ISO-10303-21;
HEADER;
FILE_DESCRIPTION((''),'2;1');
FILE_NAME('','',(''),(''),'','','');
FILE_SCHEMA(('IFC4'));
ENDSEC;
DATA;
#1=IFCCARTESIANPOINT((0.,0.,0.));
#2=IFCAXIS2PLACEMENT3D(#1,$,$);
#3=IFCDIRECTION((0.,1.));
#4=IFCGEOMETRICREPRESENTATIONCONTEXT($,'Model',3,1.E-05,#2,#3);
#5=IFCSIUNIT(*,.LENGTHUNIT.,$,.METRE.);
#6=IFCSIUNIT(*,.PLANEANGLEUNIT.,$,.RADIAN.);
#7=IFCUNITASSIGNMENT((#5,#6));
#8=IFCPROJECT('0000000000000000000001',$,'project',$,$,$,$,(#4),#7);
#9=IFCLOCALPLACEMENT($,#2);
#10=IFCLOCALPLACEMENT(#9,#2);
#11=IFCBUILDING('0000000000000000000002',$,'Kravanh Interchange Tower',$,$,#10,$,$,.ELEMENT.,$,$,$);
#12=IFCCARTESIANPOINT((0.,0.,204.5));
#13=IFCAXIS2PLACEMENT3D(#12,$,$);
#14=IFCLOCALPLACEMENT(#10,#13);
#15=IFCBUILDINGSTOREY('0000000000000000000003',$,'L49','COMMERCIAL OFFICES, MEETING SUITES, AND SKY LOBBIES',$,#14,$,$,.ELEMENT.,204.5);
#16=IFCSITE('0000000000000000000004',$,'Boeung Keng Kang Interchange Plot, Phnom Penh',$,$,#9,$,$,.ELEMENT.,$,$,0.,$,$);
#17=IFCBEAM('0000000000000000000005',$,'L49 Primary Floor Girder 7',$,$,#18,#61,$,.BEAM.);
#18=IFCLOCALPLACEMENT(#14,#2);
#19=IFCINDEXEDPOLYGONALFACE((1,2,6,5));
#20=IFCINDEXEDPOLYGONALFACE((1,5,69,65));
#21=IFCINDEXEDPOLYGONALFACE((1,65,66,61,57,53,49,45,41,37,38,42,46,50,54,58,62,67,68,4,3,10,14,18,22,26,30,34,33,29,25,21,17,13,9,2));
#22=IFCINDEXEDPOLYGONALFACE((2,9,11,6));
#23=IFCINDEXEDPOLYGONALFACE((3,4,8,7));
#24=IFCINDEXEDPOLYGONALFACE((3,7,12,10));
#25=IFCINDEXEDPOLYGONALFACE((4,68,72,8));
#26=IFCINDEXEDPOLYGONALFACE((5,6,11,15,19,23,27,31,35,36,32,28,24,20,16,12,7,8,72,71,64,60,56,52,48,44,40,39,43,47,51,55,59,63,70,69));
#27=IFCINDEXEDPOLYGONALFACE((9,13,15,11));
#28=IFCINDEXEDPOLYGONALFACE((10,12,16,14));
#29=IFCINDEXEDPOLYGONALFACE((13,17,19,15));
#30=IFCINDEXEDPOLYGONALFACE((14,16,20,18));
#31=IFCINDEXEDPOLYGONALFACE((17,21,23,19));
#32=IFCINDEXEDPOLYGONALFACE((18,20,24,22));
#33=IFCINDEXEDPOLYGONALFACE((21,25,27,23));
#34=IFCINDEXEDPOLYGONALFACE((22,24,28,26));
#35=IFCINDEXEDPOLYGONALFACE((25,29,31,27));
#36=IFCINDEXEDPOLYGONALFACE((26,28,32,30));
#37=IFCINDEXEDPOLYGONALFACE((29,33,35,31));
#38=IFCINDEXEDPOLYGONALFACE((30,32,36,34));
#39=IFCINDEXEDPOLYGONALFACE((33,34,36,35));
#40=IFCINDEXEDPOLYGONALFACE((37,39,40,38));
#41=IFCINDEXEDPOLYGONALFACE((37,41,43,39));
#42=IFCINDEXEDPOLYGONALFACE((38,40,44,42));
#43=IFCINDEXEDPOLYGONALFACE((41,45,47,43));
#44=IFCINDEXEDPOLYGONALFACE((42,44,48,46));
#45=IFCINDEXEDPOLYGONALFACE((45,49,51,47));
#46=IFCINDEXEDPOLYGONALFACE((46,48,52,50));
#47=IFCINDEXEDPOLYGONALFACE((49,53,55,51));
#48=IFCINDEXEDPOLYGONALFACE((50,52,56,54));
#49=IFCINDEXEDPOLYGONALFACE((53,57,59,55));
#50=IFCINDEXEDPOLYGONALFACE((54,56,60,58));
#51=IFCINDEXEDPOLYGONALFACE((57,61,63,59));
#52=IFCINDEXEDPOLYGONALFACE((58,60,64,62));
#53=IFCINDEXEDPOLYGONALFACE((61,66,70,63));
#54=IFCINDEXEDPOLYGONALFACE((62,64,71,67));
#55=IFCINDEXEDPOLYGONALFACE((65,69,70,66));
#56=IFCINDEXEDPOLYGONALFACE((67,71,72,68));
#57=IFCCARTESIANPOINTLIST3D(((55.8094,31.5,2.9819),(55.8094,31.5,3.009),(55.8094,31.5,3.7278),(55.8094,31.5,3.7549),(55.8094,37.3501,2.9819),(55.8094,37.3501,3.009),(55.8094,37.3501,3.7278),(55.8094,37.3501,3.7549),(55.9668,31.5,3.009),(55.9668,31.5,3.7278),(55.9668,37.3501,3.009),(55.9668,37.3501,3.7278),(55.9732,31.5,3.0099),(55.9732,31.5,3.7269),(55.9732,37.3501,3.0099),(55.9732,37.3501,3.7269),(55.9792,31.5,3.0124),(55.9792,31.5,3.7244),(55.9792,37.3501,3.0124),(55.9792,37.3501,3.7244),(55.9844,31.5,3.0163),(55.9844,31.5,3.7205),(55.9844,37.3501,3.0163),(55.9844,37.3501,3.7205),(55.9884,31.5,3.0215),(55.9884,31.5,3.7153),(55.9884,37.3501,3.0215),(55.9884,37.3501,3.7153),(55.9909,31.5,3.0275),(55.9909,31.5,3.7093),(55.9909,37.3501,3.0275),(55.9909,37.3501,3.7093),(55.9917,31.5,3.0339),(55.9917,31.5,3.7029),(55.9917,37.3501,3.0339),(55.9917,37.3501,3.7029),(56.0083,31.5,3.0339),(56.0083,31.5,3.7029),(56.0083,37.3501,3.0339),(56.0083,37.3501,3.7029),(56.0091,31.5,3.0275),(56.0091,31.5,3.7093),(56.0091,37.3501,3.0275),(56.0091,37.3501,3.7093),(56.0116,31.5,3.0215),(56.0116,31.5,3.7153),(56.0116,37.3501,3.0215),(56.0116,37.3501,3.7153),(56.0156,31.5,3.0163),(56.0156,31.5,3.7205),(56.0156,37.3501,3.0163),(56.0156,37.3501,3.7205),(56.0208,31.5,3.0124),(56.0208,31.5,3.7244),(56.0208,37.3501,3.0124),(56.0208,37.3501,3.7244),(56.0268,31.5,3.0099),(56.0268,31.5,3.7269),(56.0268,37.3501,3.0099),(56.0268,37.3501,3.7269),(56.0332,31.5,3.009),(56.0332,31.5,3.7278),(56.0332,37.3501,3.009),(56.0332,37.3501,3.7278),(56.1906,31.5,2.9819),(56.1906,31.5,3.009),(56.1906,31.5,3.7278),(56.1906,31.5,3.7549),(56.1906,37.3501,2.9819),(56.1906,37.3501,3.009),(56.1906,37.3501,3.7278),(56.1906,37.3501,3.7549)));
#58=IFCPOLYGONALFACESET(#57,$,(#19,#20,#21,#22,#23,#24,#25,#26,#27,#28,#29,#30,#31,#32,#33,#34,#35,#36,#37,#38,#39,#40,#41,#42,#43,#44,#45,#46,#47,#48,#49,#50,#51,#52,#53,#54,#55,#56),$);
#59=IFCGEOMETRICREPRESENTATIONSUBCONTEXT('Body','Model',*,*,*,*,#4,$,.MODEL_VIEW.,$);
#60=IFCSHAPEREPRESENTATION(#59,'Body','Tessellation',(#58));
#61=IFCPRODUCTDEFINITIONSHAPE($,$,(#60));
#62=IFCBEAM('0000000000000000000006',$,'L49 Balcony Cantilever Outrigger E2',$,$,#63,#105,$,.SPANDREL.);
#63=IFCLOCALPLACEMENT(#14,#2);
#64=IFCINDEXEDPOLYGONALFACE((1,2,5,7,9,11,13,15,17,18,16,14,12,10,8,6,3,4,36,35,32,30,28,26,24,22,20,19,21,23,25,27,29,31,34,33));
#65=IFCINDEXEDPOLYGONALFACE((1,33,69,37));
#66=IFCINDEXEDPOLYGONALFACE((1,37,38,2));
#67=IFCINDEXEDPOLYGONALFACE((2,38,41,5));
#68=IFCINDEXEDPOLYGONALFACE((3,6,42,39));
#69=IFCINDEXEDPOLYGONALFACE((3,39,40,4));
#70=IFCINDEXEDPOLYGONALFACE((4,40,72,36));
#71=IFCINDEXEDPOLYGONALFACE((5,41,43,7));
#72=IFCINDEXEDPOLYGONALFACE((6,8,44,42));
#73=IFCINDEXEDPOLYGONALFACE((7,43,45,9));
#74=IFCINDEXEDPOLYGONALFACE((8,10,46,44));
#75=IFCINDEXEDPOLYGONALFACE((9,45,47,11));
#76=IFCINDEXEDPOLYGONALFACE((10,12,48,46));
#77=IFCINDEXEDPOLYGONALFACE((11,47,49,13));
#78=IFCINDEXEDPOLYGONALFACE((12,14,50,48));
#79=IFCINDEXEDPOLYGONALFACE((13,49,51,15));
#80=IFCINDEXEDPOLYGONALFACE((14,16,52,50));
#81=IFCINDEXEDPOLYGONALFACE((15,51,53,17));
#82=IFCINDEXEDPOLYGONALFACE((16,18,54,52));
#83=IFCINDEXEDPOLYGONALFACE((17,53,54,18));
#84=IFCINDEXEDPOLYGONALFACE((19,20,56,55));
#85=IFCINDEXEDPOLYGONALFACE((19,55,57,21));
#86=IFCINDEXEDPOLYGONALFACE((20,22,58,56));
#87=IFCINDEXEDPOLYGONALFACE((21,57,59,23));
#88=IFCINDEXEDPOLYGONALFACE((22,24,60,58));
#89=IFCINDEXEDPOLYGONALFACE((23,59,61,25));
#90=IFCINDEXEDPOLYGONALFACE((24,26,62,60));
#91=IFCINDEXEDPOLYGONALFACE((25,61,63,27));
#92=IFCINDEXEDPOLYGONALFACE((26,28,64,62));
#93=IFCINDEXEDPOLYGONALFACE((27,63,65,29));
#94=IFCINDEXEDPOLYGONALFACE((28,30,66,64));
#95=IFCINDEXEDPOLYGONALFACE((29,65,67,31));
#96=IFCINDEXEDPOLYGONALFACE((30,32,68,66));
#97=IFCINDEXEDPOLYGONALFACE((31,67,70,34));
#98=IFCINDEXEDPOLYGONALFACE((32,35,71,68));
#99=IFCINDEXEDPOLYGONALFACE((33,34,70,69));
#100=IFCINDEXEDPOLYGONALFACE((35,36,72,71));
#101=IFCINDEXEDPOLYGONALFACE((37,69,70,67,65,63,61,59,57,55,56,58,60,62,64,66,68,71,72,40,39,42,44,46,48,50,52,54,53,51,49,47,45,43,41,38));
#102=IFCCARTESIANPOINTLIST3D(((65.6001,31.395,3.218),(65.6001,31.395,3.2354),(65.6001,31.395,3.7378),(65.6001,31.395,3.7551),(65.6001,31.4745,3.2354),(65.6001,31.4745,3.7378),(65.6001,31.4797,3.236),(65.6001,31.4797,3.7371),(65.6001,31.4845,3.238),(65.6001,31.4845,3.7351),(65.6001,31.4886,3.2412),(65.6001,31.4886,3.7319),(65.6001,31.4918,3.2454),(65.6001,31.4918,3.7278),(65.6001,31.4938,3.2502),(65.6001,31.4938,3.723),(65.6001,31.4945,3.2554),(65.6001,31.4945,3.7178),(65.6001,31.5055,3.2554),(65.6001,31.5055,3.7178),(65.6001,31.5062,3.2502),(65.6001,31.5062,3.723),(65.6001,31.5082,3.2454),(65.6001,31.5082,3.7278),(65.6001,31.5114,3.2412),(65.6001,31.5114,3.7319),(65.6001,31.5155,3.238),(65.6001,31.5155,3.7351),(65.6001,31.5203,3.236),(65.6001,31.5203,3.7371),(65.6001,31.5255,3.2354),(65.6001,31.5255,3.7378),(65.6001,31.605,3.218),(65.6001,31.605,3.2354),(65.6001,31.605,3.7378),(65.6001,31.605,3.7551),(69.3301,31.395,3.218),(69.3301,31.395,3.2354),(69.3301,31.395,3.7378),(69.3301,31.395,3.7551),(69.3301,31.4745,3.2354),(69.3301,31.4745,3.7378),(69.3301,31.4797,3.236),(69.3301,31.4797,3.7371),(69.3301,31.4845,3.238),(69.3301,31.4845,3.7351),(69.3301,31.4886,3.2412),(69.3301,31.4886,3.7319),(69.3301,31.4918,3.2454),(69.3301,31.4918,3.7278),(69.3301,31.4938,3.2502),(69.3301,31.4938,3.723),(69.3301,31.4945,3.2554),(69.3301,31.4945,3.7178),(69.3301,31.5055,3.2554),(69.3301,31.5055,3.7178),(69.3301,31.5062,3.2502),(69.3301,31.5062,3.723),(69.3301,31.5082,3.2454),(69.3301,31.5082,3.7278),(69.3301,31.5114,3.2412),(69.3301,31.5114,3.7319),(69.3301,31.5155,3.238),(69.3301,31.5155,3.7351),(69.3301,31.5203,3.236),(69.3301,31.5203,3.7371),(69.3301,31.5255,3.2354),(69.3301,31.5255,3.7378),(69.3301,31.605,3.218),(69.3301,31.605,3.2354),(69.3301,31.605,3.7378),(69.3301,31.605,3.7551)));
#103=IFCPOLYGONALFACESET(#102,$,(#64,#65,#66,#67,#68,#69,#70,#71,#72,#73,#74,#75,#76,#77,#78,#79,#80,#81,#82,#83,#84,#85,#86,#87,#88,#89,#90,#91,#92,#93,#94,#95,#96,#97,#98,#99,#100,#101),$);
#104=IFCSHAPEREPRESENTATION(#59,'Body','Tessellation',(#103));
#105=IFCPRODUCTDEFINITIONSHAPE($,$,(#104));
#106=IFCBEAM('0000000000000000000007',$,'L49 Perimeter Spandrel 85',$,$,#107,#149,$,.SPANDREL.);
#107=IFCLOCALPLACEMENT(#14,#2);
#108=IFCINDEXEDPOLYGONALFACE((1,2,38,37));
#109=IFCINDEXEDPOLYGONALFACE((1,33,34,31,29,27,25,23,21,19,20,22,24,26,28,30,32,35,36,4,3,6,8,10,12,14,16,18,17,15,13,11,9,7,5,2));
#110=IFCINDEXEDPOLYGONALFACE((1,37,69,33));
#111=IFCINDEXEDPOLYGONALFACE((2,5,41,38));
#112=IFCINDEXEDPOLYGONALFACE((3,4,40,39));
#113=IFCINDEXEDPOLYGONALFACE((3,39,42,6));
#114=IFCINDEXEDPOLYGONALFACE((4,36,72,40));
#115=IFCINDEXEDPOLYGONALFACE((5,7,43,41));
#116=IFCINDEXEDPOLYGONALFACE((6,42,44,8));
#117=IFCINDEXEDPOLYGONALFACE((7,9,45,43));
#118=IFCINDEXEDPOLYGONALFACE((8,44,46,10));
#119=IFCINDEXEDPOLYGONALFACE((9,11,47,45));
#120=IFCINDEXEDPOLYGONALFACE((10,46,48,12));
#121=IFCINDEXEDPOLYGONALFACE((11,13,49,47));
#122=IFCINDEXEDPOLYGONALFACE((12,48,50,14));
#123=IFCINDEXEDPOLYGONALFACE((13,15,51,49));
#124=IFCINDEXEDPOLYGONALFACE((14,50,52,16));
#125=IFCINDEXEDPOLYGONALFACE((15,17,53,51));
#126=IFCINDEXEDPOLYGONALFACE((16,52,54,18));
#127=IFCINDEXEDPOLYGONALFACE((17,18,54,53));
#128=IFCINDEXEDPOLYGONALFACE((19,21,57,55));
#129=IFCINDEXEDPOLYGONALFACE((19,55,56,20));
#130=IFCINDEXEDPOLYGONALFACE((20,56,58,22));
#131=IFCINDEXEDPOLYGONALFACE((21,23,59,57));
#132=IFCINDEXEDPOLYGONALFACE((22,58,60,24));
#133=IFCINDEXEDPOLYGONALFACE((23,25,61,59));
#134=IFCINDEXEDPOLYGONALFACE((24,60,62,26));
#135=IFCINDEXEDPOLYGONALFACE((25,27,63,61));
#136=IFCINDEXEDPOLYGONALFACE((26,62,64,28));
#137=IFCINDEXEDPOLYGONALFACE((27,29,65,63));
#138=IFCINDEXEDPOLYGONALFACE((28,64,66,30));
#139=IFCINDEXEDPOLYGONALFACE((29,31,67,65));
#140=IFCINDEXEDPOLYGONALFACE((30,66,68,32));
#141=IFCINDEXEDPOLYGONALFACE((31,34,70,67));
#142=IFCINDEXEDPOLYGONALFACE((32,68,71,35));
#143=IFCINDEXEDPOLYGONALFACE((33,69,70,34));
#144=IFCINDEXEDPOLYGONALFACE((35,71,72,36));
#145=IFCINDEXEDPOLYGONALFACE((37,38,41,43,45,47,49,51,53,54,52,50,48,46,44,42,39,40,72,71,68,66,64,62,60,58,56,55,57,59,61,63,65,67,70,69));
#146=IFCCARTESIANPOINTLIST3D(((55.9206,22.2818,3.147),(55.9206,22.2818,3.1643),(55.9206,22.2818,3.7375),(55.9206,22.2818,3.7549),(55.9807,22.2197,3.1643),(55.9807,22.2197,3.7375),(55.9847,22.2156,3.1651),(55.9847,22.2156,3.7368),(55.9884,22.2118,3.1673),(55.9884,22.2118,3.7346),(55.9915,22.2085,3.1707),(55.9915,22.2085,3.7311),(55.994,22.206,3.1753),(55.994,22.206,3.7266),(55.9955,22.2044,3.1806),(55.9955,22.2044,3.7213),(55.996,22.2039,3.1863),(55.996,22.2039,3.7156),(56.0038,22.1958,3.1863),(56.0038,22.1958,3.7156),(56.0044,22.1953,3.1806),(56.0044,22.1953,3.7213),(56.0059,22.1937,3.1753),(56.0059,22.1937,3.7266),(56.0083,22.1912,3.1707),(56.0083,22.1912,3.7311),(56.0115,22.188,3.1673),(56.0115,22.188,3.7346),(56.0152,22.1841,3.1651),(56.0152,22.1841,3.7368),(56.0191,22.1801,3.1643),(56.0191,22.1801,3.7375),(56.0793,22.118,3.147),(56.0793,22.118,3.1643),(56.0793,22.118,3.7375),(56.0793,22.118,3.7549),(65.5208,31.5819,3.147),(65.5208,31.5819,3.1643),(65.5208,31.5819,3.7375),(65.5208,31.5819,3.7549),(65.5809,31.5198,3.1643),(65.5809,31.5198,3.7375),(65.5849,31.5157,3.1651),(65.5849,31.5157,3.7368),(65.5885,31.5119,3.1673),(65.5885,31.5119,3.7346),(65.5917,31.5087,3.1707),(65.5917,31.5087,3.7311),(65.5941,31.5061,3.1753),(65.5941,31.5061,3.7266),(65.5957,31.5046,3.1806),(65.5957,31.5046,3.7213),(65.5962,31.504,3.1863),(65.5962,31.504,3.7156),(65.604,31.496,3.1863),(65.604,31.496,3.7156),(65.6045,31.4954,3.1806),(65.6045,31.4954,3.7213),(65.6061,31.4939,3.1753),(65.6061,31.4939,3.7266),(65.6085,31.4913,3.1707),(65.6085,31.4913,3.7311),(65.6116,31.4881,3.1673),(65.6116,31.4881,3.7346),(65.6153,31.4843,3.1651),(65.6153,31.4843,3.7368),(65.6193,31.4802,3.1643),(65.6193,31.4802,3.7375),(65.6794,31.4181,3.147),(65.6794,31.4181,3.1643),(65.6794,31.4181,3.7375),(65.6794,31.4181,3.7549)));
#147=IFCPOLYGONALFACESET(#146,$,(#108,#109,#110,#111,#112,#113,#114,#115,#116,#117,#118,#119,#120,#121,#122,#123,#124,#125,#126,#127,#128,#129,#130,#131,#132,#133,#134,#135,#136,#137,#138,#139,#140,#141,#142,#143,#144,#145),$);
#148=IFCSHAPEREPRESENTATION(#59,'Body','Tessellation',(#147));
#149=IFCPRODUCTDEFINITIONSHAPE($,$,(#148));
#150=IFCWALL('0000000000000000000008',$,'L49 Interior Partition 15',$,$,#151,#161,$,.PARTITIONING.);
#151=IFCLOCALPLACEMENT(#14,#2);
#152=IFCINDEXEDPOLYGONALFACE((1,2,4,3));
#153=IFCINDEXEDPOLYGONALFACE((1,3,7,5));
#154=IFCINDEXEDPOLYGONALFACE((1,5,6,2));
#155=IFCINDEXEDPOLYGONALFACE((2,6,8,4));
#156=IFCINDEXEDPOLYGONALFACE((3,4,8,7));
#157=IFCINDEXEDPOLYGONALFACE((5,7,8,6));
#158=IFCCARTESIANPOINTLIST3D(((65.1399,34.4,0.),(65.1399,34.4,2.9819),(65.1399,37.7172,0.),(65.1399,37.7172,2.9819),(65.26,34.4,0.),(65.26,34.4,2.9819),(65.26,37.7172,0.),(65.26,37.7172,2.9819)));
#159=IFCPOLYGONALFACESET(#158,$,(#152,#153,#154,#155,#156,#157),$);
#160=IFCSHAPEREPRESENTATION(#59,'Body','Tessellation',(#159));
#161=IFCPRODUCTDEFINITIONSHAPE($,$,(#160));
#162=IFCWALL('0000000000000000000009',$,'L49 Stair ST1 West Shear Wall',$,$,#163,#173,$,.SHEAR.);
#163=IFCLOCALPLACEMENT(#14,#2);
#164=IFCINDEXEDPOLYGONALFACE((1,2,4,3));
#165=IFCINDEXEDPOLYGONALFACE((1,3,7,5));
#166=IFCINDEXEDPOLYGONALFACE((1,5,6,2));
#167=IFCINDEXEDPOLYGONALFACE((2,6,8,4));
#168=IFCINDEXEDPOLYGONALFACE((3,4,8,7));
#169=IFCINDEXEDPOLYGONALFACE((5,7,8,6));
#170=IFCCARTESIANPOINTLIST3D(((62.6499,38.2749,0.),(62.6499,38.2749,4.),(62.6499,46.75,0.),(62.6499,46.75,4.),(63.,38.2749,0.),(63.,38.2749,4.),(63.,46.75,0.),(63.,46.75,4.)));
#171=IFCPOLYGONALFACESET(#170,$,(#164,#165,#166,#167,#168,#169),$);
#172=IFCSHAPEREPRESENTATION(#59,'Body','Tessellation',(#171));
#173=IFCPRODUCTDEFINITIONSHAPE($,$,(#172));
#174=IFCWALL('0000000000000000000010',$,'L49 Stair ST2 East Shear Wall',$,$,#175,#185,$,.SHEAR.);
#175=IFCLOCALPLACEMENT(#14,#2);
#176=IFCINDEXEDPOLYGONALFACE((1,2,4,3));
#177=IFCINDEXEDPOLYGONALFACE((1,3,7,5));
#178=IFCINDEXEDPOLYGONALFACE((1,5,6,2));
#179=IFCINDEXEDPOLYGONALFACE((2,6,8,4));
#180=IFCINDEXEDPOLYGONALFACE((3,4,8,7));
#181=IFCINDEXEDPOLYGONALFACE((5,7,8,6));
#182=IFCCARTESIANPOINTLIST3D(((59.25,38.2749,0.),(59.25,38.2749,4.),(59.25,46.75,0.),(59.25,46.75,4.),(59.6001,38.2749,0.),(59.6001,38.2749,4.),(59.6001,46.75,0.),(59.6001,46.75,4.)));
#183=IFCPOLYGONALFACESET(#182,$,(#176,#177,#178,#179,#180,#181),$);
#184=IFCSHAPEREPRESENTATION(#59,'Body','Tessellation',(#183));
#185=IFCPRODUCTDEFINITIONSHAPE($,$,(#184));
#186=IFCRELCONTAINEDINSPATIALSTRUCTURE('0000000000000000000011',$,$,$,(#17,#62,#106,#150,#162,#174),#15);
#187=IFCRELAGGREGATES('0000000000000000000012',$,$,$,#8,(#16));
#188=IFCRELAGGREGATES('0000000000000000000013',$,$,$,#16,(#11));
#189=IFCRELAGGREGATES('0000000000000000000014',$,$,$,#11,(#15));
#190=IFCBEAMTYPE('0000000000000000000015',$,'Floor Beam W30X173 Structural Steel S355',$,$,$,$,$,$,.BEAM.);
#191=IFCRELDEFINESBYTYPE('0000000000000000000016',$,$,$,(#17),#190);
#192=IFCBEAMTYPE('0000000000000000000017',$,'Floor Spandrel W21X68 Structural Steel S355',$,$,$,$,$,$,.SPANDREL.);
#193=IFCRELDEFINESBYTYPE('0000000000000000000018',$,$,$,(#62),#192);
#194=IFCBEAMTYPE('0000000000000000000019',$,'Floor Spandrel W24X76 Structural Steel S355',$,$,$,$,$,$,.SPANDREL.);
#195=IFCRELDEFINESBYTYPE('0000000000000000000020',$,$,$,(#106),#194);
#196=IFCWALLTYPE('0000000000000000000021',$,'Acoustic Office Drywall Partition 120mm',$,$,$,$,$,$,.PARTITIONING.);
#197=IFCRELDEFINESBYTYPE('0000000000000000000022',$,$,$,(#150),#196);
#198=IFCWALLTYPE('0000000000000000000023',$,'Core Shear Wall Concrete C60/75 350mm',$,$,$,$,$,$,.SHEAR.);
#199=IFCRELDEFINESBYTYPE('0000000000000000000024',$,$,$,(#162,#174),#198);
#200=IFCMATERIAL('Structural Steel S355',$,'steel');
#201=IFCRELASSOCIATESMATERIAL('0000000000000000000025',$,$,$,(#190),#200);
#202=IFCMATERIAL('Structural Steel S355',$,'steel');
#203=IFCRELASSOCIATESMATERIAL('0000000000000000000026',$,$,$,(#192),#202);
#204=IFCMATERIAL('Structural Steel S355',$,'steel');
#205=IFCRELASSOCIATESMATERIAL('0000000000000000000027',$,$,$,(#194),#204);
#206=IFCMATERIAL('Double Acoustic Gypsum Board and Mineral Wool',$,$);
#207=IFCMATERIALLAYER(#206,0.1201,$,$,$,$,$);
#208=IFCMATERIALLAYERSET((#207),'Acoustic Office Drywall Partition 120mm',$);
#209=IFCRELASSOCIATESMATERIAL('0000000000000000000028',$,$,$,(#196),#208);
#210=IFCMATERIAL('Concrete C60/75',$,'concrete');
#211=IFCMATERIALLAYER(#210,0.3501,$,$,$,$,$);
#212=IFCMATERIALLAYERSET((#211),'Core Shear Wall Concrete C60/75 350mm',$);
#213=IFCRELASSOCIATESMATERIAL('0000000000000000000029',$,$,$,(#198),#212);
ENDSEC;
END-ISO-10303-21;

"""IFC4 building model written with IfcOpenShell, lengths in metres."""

from ifc_helpers import new_model, si_unit, direction, frame, frame_2d, origin, origin_2d, place, context, subcontext, project, spatial, rectangle, i_section, extrude, material, layer, layer_set, material_profile, profile_set, type_object, element, save


model = new_model("IFC4")

# Units and contexts
model_context = context("Model", 3, precision=1e-05, world=origin(), true_north=direction((0.0, 1.0)))
body_context = subcontext(model_context, "Body", "Model", "MODEL_VIEW")
ifc_project = project(units=[si_unit("LENGTHUNIT", "METRE"), si_unit("PLANEANGLEUNIT", "RADIAN")], contexts=[model_context])

# Site, building, storey
site_placement = place(None, origin())
site = spatial("IfcSite", under=ifc_project, at=site_placement, Name="Boeung Keng Kang Interchange Plot, Phnom Penh", CompositionType="ELEMENT", RefElevation=0.0)
building_placement = place(site_placement, origin())
building = spatial("IfcBuilding", under=site, at=building_placement, Name="Kravanh Interchange Tower", CompositionType="ELEMENT")
storey_placement = place(building_placement, frame((0.0, 0.0, 204.5)))
storey = spatial("IfcBuildingStorey", under=building, at=storey_placement, Name="L49", Description="COMMERCIAL OFFICES, MEETING SUITES, AND SKY LOBBIES", CompositionType="ELEMENT", Elevation=204.5)

# Beams
ifc_material_1 = material(Name="Structural Steel S355", Category="steel")
ifc_material_profile_1 = material_profile(ifc_material_1, i_section(OverallWidth=0.3811, OverallDepth=0.7729, WebThickness=0.0166, FlangeThickness=0.0271, FilletRadius=0.0249, at=origin_2d()), Name="W30X173")
ifc_profile_set_1 = profile_set([ifc_material_profile_1], Name="Structural Steel S355")
beam_type_1 = type_object("IfcBeamType", Name="Floor Beam W30X173 Structural Steel S355", PredefinedType="BEAM", material=ifc_profile_set_1)
beam_1_placement = place(storey_placement, frame((56.0, 37.3501, 3.3684), z_axis=(0.0, -1.0, 0.0), x_axis=(1.0, 0.0, 0.0)))
element("IfcBeam", 1, at=beam_1_placement, inside=storey, type_object=beam_type_1, Name="L49 Primary Floor Girder 7", PredefinedType="BEAM", context=body_context, shape_type="SweptSolid", body=[
    extrude(i_section(OverallWidth=0.3811, OverallDepth=0.7729, WebThickness=0.0166, FlangeThickness=0.0271, FilletRadius=0.0249, at=origin_2d()), origin(), (0.0, 0.0, 1.0), 5.8501),
])
ifc_material_2 = material(Name="Structural Steel S355", Category="steel")
ifc_material_profile_2 = material_profile(ifc_material_2, i_section(OverallWidth=0.21, OverallDepth=0.5371, WebThickness=0.011, FlangeThickness=0.0173, FilletRadius=0.02, at=origin_2d()), Name="W21X68")
ifc_profile_set_2 = profile_set([ifc_material_profile_2], Name="Structural Steel S355")
beam_type_2 = type_object("IfcBeamType", Name="Floor Spandrel W21X68 Structural Steel S355", PredefinedType="SPANDREL", material=ifc_profile_set_2)
beam_2_placement = place(storey_placement, frame((65.6001, 31.5, 3.4866), z_axis=(1.0, 0.0, 0.0), x_axis=(0.0, 1.0, 0.0)))
element("IfcBeam", 2, at=beam_2_placement, inside=storey, type_object=beam_type_2, Name="L49 Balcony Cantilever Outrigger E2", PredefinedType="SPANDREL", context=body_context, shape_type="SweptSolid", body=[
    extrude(i_section(OverallWidth=0.21, OverallDepth=0.5371, WebThickness=0.011, FlangeThickness=0.0173, FilletRadius=0.02, at=origin_2d()), origin(), (0.0, 0.0, 1.0), 3.73),
])
ifc_material_3 = material(Name="Structural Steel S355", Category="steel")
ifc_material_profile_3 = material_profile(ifc_material_3, i_section(OverallWidth=0.228, OverallDepth=0.6079, WebThickness=0.0112, FlangeThickness=0.0173, FilletRadius=0.022, at=origin_2d()), Name="W24X76")
ifc_profile_set_3 = profile_set([ifc_material_profile_3], Name="Structural Steel S355")
beam_type_3 = type_object("IfcBeamType", Name="Floor Spandrel W24X76 Structural Steel S355", PredefinedType="SPANDREL", material=ifc_profile_set_3)
beam_3_placement = place(storey_placement, frame((65.6001, 31.5, 3.4509), z_axis=(-0.718242, -0.695793, 0.0), x_axis=(0.695793, -0.718242, 0.0)))
element("IfcBeam", 3, at=beam_3_placement, inside=storey, type_object=beam_type_3, Name="L49 Perimeter Spandrel 85", PredefinedType="SPANDREL", context=body_context, shape_type="SweptSolid", body=[
    extrude(i_section(OverallWidth=0.228, OverallDepth=0.6079, WebThickness=0.0112, FlangeThickness=0.0173, FilletRadius=0.022, at=origin_2d()), origin(), (0.0, 0.0, 1.0), 13.3662),
])

# Walls
ifc_material_4 = material(Name="Double Acoustic Gypsum Board and Mineral Wool")
ifc_layer_1 = layer(ifc_material_4, 0.1201)
ifc_layer_set_1 = layer_set([ifc_layer_1], Name="Acoustic Office Drywall Partition 120mm")
wall_type_1 = type_object("IfcWallType", Name="Acoustic Office Drywall Partition 120mm", PredefinedType="PARTITIONING", material=ifc_layer_set_1)
wall_1_placement = place(storey_placement, frame((65.2, 34.3999, 0.0), z_axis=(0.0, 0.0, 1.0), x_axis=(0.0, 1.0, 0.0)))
element("IfcWall", 4, at=wall_1_placement, inside=storey, type_object=wall_type_1, Name="L49 Interior Partition 15", PredefinedType="PARTITIONING", context=body_context, shape_type="SweptSolid", body=[
    extrude(rectangle(XDim=3.3171, YDim=0.1201, at=frame_2d((1.6587, 0.0))), origin(), (0.0, 0.0, 1.0), 2.9819),
])
ifc_material_5 = material(Name="Concrete C60/75", Category="concrete")
ifc_layer_2 = layer(ifc_material_5, 0.3501)
ifc_layer_set_2 = layer_set([ifc_layer_2], Name="Core Shear Wall Concrete C60/75 350mm")
wall_type_2 = type_object("IfcWallType", Name="Core Shear Wall Concrete C60/75 350mm", PredefinedType="SHEAR", material=ifc_layer_set_2)
for number, where, z_axis, x_axis, name in (
    (5, (62.825, 38.2749, 0.0), (0.0, 0.0, 1.0), (0.0, 1.0, 0.0), "L49 Stair ST1 West Shear Wall"),
    (6, (59.425, 38.2749, 0.0), (0.0, 0.0, 1.0), (0.0, 1.0, 0.0), "L49 Stair ST2 East Shear Wall"),
):
    element("IfcWall", number, at=place(storey_placement, frame(where, z_axis=z_axis, x_axis=x_axis)), inside=storey, type_object=wall_type_2, Name=name, PredefinedType="SHEAR", context=body_context, shape_type="SweptSolid", body=[
        extrude(rectangle(XDim=8.4751, YDim=0.3501, at=frame_2d((4.2375, 0.0))), origin(), (0.0, 0.0, 1.0), 4.0),
    ])

save(model, "model.ifc")
